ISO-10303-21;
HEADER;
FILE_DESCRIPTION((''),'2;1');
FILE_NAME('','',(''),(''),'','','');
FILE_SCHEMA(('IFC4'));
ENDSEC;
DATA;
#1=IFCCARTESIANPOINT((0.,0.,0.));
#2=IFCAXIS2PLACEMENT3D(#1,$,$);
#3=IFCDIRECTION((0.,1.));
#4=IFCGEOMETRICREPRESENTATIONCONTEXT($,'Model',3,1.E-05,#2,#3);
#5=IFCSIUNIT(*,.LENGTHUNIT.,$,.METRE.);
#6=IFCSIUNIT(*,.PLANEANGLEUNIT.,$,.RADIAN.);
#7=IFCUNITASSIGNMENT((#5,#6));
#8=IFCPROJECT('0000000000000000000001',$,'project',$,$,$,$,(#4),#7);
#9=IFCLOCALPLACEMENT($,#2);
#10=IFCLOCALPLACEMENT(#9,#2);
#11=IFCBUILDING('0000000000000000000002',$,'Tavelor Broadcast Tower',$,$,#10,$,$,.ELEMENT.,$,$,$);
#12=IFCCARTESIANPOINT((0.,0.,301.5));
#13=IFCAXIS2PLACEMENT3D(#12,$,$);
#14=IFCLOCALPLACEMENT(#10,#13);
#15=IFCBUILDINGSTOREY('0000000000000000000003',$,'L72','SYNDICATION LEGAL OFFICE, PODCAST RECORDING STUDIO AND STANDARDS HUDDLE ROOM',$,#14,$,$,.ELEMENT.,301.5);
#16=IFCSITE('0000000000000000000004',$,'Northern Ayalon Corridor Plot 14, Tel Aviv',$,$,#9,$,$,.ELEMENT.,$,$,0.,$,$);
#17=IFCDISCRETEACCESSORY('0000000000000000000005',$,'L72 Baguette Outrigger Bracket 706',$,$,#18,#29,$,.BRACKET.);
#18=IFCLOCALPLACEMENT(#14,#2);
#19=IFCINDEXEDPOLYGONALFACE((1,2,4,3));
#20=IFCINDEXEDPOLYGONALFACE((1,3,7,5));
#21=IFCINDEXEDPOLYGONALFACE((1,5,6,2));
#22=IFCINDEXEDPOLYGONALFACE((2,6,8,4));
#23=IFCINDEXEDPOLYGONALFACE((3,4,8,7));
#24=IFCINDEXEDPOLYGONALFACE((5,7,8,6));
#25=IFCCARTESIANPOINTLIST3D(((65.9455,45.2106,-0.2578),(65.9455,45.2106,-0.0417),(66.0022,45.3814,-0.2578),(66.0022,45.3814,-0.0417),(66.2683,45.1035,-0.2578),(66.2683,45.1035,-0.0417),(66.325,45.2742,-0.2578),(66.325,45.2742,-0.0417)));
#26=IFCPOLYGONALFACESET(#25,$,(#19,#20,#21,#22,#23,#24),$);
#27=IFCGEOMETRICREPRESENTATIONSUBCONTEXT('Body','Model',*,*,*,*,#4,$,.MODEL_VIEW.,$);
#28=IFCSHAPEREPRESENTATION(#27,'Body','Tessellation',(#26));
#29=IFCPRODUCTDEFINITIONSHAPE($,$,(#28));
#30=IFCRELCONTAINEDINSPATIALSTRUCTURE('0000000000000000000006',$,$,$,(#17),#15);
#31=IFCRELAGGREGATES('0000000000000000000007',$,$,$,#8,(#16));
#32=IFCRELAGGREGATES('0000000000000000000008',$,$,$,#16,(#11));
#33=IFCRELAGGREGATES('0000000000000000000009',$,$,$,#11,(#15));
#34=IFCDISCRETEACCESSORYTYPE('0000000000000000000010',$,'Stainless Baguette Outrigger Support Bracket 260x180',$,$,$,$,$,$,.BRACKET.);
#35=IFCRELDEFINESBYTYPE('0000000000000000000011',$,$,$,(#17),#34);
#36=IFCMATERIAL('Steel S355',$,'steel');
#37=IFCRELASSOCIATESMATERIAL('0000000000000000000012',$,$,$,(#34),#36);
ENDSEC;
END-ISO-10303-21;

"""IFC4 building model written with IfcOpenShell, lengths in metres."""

from ifc_helpers import new_model, si_unit, direction, frame, origin, origin_2d, place, context, subcontext, project, spatial, rectangle, extrude, source, transform, mapped, material, type_object, type_shapes, element, save


model = new_model("IFC4")

# Units and contexts
model_context = context("Model", 3, precision=1e-05, world=origin(), true_north=direction((0.0, 1.0)))
body_context = subcontext(model_context, "Body", "Model", "MODEL_VIEW")
ifc_project = project(units=[si_unit("LENGTHUNIT", "METRE"), si_unit("PLANEANGLEUNIT", "RADIAN")], contexts=[model_context])

# Site, building, storey
site_placement = place(None, origin())
site = spatial("IfcSite", under=ifc_project, at=site_placement, Name="Northern Ayalon Corridor Plot 14, Tel Aviv", CompositionType="ELEMENT", RefElevation=0.0)
building_placement = place(site_placement, origin())
building = spatial("IfcBuilding", under=site, at=building_placement, Name="Tavelor Broadcast Tower", CompositionType="ELEMENT")
storey_placement = place(building_placement, frame((0.0, 0.0, 301.5)))
storey = spatial("IfcBuildingStorey", under=building, at=storey_placement, Name="L72", Description="SYNDICATION LEGAL OFFICE, PODCAST RECORDING STUDIO AND STANDARDS HUDDLE ROOM", CompositionType="ELEMENT", Elevation=301.5)

# Shared definitions
ifc_material_1 = material(Name="Steel S355", Category="steel")

# Discrete accessory
discrete_accessory_type = type_object("IfcDiscreteAccessoryType", Name="Stainless Baguette Outrigger Support Bracket 260x180", PredefinedType="BRACKET", material=ifc_material_1)
shared_shape_1 = source(origin(), body_context, "Body", "SweptSolid", [
    extrude(rectangle(XDim=0.1799, YDim=0.3401, at=origin_2d()), origin(), (0.0, 0.0, 1.0), 0.2161),
])
type_shapes(discrete_accessory_type, [shared_shape_1])
discrete_accessory_placement = place(storey_placement, frame((66.1353, 45.2424, -0.2578), z_axis=(0.0, 0.0, 1.0), x_axis=(0.315152, 0.949041, 0.0)))
element("IfcDiscreteAccessory", 1, at=discrete_accessory_placement, inside=storey, type_object=discrete_accessory_type, Name="L72 Baguette Outrigger Bracket 706", PredefinedType="BRACKET", context=body_context, shape_type="MappedRepresentation", body=[
    mapped(shared_shape_1, transform((0.0, 0.0, 0.0), scale=1.0)),
])

save(model, "model.ifc")
